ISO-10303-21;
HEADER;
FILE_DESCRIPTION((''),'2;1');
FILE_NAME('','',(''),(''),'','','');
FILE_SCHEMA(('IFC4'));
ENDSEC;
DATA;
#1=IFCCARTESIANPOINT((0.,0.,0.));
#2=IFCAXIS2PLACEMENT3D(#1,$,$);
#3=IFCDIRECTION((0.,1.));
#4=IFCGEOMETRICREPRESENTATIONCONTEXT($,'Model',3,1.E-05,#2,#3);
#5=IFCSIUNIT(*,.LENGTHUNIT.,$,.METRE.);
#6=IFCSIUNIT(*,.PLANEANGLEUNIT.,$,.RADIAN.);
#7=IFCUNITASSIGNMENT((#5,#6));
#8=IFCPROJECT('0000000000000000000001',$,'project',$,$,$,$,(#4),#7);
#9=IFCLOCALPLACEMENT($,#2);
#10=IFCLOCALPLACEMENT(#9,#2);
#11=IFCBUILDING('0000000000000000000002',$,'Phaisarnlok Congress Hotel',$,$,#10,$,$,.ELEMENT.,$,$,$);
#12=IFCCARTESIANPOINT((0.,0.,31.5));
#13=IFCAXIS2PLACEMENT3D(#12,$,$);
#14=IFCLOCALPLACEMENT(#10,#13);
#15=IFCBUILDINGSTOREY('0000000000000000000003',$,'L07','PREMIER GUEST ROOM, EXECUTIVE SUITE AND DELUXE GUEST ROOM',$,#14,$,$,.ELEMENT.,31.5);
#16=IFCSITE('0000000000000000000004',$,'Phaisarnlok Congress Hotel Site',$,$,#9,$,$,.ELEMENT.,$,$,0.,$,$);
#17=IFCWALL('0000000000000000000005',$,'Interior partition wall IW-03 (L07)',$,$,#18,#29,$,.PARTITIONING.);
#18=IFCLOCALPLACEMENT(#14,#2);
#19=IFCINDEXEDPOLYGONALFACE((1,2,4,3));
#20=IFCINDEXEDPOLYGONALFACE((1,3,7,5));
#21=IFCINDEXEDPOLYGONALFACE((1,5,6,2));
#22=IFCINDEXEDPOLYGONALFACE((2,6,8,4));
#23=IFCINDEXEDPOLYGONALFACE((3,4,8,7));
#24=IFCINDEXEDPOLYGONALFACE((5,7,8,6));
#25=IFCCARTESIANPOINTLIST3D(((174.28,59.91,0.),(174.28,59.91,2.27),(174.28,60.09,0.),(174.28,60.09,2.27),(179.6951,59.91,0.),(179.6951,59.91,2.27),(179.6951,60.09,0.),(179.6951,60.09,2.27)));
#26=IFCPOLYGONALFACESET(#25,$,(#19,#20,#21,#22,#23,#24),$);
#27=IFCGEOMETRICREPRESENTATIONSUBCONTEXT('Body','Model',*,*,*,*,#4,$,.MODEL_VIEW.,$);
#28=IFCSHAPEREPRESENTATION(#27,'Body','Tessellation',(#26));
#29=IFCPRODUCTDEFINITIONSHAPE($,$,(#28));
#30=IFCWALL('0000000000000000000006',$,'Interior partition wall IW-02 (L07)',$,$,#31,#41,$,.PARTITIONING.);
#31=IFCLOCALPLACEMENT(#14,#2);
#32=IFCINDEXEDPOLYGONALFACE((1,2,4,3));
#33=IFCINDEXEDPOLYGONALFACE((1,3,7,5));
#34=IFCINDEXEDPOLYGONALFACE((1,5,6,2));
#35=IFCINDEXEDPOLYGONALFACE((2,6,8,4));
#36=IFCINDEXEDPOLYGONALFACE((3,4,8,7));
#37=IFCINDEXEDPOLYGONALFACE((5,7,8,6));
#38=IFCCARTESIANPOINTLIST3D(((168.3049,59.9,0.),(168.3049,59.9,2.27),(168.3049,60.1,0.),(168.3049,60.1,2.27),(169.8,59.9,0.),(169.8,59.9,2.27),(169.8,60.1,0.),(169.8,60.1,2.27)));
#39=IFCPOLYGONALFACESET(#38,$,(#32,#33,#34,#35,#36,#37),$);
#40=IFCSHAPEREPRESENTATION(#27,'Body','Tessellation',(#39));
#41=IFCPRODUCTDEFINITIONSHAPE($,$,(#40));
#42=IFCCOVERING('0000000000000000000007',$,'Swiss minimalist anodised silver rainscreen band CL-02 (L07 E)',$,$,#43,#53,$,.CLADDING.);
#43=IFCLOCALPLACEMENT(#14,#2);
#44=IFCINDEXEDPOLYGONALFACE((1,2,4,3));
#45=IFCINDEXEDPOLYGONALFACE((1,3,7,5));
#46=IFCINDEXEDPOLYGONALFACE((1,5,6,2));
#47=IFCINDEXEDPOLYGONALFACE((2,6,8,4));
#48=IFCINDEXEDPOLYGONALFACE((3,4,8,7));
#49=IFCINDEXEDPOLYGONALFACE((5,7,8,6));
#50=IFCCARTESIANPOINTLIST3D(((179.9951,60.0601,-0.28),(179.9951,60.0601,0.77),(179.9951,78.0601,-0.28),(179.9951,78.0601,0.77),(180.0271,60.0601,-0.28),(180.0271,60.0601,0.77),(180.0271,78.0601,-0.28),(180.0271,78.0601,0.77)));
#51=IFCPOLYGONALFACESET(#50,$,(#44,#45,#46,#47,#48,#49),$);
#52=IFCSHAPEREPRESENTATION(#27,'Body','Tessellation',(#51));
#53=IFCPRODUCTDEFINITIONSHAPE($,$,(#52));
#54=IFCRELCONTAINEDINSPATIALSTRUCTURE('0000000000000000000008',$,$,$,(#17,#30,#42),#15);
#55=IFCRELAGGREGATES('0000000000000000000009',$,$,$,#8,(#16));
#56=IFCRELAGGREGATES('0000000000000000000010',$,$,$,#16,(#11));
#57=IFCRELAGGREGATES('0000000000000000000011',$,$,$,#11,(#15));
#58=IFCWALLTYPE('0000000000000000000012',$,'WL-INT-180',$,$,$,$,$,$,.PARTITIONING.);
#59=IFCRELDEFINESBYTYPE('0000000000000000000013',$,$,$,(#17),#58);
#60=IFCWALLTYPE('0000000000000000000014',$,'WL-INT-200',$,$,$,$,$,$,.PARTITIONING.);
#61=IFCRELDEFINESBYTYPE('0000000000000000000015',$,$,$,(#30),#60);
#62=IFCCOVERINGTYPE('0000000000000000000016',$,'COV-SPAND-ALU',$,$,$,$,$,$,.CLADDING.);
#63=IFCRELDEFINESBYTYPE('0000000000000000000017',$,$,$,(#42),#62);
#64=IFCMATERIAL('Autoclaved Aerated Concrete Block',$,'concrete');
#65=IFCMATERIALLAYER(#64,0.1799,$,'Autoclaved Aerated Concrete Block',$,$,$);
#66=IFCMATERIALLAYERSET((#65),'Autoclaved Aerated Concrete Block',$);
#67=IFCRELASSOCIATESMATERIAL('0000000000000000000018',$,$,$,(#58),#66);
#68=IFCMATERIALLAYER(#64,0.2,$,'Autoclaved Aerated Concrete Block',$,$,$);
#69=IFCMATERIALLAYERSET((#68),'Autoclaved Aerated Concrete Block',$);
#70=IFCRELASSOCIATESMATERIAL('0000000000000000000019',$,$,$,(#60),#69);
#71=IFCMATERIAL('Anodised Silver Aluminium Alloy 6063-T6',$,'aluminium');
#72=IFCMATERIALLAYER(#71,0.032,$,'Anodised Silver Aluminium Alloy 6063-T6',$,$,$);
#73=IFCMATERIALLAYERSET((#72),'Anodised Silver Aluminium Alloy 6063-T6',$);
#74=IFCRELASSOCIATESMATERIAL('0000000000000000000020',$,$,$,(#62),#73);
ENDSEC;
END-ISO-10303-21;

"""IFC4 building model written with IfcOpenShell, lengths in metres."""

from ifc_helpers import new_model, si_unit, direction, frame, frame_2d, origin, place, context, subcontext, project, spatial, polyline, rectangle, outline, extrude, material, layer, layer_set, type_object, element, save


model = new_model("IFC4")

# Units and contexts
model_context = context("Model", 3, precision=1e-05, world=origin(), true_north=direction((0.0, 1.0)))
body_context = subcontext(model_context, "Body", "Model", "MODEL_VIEW")
ifc_project = project(units=[si_unit("LENGTHUNIT", "METRE"), si_unit("PLANEANGLEUNIT", "RADIAN")], contexts=[model_context])

# Site, building, storey
site_placement = place(None, origin())
site = spatial("IfcSite", under=ifc_project, at=site_placement, Name="Phaisarnlok Congress Hotel Site", CompositionType="ELEMENT", RefElevation=0.0)
building_placement = place(site_placement, origin())
building = spatial("IfcBuilding", under=site, at=building_placement, Name="Phaisarnlok Congress Hotel", CompositionType="ELEMENT")
storey_placement = place(building_placement, frame((0.0, 0.0, 31.5)))
storey = spatial("IfcBuildingStorey", under=building, at=storey_placement, Name="L07", Description="PREMIER GUEST ROOM, EXECUTIVE SUITE AND DELUXE GUEST ROOM", CompositionType="ELEMENT", Elevation=31.5)

# Walls
ifc_material_1 = material(Name="Autoclaved Aerated Concrete Block", Category="concrete")
ifc_layer_1 = layer(ifc_material_1, 0.1799, Name="Autoclaved Aerated Concrete Block")
ifc_layer_set_1 = layer_set([ifc_layer_1], Name="Autoclaved Aerated Concrete Block")
wall_type_1 = type_object("IfcWallType", Name="WL-INT-180", PredefinedType="PARTITIONING", material=ifc_layer_set_1)
wall_1_placement = place(storey_placement, frame((174.28, 60.0, 0.0), z_axis=(0.0, 0.0, 1.0), x_axis=(1.0, 0.0, 0.0)))
element("IfcWall", 1, at=wall_1_placement, inside=storey, type_object=wall_type_1, Name="Interior partition wall IW-03 (L07)", PredefinedType="PARTITIONING", context=body_context, shape_type="SweptSolid", body=[
    extrude(rectangle(XDim=5.415, YDim=0.1799, at=frame_2d((2.7075, 0.0))), origin(), (0.0, 0.0, 1.0), 2.27),
])
ifc_layer_2 = layer(ifc_material_1, 0.2, Name="Autoclaved Aerated Concrete Block")
ifc_layer_set_2 = layer_set([ifc_layer_2], Name="Autoclaved Aerated Concrete Block")
wall_type_2 = type_object("IfcWallType", Name="WL-INT-200", PredefinedType="PARTITIONING", material=ifc_layer_set_2)
wall_2_placement = place(storey_placement, frame((168.3049, 60.0, 0.0), z_axis=(0.0, 0.0, 1.0), x_axis=(1.0, 0.0, 0.0)))
element("IfcWall", 2, at=wall_2_placement, inside=storey, type_object=wall_type_2, Name="Interior partition wall IW-02 (L07)", PredefinedType="PARTITIONING", context=body_context, shape_type="SweptSolid", body=[
    extrude(rectangle(XDim=1.4951, YDim=0.2, at=frame_2d((0.7476, 0.0))), origin(), (0.0, 0.0, 1.0), 2.27),
])

# Covering
ifc_material_2 = material(Name="Anodised Silver Aluminium Alloy 6063-T6", Category="aluminium")
ifc_layer_3 = layer(ifc_material_2, 0.032, Name="Anodised Silver Aluminium Alloy 6063-T6")
ifc_layer_set_3 = layer_set([ifc_layer_3], Name="Anodised Silver Aluminium Alloy 6063-T6")
covering_type = type_object("IfcCoveringType", Name="COV-SPAND-ALU", PredefinedType="CLADDING", material=ifc_layer_set_3)
covering_placement = place(storey_placement, frame((179.9951, 60.0601, -0.28), z_axis=(1.0, 0.0, 0.0), x_axis=(0.0, 1.0, 0.0)))
element("IfcCovering", 3, at=covering_placement, inside=storey, type_object=covering_type, Name="Swiss minimalist anodised silver rainscreen band CL-02 (L07 E)", PredefinedType="CLADDING", context=body_context, shape_type="SweptSolid", body=[
    extrude(outline(polyline([(0.0, 0.0), (18.0, 0.0), (18.0, 1.05), (0.0, 1.05), (0.0, 0.0)])), origin(), (0.0, 0.0, 1.0), 0.032),
])

save(model, "model.ifc")
